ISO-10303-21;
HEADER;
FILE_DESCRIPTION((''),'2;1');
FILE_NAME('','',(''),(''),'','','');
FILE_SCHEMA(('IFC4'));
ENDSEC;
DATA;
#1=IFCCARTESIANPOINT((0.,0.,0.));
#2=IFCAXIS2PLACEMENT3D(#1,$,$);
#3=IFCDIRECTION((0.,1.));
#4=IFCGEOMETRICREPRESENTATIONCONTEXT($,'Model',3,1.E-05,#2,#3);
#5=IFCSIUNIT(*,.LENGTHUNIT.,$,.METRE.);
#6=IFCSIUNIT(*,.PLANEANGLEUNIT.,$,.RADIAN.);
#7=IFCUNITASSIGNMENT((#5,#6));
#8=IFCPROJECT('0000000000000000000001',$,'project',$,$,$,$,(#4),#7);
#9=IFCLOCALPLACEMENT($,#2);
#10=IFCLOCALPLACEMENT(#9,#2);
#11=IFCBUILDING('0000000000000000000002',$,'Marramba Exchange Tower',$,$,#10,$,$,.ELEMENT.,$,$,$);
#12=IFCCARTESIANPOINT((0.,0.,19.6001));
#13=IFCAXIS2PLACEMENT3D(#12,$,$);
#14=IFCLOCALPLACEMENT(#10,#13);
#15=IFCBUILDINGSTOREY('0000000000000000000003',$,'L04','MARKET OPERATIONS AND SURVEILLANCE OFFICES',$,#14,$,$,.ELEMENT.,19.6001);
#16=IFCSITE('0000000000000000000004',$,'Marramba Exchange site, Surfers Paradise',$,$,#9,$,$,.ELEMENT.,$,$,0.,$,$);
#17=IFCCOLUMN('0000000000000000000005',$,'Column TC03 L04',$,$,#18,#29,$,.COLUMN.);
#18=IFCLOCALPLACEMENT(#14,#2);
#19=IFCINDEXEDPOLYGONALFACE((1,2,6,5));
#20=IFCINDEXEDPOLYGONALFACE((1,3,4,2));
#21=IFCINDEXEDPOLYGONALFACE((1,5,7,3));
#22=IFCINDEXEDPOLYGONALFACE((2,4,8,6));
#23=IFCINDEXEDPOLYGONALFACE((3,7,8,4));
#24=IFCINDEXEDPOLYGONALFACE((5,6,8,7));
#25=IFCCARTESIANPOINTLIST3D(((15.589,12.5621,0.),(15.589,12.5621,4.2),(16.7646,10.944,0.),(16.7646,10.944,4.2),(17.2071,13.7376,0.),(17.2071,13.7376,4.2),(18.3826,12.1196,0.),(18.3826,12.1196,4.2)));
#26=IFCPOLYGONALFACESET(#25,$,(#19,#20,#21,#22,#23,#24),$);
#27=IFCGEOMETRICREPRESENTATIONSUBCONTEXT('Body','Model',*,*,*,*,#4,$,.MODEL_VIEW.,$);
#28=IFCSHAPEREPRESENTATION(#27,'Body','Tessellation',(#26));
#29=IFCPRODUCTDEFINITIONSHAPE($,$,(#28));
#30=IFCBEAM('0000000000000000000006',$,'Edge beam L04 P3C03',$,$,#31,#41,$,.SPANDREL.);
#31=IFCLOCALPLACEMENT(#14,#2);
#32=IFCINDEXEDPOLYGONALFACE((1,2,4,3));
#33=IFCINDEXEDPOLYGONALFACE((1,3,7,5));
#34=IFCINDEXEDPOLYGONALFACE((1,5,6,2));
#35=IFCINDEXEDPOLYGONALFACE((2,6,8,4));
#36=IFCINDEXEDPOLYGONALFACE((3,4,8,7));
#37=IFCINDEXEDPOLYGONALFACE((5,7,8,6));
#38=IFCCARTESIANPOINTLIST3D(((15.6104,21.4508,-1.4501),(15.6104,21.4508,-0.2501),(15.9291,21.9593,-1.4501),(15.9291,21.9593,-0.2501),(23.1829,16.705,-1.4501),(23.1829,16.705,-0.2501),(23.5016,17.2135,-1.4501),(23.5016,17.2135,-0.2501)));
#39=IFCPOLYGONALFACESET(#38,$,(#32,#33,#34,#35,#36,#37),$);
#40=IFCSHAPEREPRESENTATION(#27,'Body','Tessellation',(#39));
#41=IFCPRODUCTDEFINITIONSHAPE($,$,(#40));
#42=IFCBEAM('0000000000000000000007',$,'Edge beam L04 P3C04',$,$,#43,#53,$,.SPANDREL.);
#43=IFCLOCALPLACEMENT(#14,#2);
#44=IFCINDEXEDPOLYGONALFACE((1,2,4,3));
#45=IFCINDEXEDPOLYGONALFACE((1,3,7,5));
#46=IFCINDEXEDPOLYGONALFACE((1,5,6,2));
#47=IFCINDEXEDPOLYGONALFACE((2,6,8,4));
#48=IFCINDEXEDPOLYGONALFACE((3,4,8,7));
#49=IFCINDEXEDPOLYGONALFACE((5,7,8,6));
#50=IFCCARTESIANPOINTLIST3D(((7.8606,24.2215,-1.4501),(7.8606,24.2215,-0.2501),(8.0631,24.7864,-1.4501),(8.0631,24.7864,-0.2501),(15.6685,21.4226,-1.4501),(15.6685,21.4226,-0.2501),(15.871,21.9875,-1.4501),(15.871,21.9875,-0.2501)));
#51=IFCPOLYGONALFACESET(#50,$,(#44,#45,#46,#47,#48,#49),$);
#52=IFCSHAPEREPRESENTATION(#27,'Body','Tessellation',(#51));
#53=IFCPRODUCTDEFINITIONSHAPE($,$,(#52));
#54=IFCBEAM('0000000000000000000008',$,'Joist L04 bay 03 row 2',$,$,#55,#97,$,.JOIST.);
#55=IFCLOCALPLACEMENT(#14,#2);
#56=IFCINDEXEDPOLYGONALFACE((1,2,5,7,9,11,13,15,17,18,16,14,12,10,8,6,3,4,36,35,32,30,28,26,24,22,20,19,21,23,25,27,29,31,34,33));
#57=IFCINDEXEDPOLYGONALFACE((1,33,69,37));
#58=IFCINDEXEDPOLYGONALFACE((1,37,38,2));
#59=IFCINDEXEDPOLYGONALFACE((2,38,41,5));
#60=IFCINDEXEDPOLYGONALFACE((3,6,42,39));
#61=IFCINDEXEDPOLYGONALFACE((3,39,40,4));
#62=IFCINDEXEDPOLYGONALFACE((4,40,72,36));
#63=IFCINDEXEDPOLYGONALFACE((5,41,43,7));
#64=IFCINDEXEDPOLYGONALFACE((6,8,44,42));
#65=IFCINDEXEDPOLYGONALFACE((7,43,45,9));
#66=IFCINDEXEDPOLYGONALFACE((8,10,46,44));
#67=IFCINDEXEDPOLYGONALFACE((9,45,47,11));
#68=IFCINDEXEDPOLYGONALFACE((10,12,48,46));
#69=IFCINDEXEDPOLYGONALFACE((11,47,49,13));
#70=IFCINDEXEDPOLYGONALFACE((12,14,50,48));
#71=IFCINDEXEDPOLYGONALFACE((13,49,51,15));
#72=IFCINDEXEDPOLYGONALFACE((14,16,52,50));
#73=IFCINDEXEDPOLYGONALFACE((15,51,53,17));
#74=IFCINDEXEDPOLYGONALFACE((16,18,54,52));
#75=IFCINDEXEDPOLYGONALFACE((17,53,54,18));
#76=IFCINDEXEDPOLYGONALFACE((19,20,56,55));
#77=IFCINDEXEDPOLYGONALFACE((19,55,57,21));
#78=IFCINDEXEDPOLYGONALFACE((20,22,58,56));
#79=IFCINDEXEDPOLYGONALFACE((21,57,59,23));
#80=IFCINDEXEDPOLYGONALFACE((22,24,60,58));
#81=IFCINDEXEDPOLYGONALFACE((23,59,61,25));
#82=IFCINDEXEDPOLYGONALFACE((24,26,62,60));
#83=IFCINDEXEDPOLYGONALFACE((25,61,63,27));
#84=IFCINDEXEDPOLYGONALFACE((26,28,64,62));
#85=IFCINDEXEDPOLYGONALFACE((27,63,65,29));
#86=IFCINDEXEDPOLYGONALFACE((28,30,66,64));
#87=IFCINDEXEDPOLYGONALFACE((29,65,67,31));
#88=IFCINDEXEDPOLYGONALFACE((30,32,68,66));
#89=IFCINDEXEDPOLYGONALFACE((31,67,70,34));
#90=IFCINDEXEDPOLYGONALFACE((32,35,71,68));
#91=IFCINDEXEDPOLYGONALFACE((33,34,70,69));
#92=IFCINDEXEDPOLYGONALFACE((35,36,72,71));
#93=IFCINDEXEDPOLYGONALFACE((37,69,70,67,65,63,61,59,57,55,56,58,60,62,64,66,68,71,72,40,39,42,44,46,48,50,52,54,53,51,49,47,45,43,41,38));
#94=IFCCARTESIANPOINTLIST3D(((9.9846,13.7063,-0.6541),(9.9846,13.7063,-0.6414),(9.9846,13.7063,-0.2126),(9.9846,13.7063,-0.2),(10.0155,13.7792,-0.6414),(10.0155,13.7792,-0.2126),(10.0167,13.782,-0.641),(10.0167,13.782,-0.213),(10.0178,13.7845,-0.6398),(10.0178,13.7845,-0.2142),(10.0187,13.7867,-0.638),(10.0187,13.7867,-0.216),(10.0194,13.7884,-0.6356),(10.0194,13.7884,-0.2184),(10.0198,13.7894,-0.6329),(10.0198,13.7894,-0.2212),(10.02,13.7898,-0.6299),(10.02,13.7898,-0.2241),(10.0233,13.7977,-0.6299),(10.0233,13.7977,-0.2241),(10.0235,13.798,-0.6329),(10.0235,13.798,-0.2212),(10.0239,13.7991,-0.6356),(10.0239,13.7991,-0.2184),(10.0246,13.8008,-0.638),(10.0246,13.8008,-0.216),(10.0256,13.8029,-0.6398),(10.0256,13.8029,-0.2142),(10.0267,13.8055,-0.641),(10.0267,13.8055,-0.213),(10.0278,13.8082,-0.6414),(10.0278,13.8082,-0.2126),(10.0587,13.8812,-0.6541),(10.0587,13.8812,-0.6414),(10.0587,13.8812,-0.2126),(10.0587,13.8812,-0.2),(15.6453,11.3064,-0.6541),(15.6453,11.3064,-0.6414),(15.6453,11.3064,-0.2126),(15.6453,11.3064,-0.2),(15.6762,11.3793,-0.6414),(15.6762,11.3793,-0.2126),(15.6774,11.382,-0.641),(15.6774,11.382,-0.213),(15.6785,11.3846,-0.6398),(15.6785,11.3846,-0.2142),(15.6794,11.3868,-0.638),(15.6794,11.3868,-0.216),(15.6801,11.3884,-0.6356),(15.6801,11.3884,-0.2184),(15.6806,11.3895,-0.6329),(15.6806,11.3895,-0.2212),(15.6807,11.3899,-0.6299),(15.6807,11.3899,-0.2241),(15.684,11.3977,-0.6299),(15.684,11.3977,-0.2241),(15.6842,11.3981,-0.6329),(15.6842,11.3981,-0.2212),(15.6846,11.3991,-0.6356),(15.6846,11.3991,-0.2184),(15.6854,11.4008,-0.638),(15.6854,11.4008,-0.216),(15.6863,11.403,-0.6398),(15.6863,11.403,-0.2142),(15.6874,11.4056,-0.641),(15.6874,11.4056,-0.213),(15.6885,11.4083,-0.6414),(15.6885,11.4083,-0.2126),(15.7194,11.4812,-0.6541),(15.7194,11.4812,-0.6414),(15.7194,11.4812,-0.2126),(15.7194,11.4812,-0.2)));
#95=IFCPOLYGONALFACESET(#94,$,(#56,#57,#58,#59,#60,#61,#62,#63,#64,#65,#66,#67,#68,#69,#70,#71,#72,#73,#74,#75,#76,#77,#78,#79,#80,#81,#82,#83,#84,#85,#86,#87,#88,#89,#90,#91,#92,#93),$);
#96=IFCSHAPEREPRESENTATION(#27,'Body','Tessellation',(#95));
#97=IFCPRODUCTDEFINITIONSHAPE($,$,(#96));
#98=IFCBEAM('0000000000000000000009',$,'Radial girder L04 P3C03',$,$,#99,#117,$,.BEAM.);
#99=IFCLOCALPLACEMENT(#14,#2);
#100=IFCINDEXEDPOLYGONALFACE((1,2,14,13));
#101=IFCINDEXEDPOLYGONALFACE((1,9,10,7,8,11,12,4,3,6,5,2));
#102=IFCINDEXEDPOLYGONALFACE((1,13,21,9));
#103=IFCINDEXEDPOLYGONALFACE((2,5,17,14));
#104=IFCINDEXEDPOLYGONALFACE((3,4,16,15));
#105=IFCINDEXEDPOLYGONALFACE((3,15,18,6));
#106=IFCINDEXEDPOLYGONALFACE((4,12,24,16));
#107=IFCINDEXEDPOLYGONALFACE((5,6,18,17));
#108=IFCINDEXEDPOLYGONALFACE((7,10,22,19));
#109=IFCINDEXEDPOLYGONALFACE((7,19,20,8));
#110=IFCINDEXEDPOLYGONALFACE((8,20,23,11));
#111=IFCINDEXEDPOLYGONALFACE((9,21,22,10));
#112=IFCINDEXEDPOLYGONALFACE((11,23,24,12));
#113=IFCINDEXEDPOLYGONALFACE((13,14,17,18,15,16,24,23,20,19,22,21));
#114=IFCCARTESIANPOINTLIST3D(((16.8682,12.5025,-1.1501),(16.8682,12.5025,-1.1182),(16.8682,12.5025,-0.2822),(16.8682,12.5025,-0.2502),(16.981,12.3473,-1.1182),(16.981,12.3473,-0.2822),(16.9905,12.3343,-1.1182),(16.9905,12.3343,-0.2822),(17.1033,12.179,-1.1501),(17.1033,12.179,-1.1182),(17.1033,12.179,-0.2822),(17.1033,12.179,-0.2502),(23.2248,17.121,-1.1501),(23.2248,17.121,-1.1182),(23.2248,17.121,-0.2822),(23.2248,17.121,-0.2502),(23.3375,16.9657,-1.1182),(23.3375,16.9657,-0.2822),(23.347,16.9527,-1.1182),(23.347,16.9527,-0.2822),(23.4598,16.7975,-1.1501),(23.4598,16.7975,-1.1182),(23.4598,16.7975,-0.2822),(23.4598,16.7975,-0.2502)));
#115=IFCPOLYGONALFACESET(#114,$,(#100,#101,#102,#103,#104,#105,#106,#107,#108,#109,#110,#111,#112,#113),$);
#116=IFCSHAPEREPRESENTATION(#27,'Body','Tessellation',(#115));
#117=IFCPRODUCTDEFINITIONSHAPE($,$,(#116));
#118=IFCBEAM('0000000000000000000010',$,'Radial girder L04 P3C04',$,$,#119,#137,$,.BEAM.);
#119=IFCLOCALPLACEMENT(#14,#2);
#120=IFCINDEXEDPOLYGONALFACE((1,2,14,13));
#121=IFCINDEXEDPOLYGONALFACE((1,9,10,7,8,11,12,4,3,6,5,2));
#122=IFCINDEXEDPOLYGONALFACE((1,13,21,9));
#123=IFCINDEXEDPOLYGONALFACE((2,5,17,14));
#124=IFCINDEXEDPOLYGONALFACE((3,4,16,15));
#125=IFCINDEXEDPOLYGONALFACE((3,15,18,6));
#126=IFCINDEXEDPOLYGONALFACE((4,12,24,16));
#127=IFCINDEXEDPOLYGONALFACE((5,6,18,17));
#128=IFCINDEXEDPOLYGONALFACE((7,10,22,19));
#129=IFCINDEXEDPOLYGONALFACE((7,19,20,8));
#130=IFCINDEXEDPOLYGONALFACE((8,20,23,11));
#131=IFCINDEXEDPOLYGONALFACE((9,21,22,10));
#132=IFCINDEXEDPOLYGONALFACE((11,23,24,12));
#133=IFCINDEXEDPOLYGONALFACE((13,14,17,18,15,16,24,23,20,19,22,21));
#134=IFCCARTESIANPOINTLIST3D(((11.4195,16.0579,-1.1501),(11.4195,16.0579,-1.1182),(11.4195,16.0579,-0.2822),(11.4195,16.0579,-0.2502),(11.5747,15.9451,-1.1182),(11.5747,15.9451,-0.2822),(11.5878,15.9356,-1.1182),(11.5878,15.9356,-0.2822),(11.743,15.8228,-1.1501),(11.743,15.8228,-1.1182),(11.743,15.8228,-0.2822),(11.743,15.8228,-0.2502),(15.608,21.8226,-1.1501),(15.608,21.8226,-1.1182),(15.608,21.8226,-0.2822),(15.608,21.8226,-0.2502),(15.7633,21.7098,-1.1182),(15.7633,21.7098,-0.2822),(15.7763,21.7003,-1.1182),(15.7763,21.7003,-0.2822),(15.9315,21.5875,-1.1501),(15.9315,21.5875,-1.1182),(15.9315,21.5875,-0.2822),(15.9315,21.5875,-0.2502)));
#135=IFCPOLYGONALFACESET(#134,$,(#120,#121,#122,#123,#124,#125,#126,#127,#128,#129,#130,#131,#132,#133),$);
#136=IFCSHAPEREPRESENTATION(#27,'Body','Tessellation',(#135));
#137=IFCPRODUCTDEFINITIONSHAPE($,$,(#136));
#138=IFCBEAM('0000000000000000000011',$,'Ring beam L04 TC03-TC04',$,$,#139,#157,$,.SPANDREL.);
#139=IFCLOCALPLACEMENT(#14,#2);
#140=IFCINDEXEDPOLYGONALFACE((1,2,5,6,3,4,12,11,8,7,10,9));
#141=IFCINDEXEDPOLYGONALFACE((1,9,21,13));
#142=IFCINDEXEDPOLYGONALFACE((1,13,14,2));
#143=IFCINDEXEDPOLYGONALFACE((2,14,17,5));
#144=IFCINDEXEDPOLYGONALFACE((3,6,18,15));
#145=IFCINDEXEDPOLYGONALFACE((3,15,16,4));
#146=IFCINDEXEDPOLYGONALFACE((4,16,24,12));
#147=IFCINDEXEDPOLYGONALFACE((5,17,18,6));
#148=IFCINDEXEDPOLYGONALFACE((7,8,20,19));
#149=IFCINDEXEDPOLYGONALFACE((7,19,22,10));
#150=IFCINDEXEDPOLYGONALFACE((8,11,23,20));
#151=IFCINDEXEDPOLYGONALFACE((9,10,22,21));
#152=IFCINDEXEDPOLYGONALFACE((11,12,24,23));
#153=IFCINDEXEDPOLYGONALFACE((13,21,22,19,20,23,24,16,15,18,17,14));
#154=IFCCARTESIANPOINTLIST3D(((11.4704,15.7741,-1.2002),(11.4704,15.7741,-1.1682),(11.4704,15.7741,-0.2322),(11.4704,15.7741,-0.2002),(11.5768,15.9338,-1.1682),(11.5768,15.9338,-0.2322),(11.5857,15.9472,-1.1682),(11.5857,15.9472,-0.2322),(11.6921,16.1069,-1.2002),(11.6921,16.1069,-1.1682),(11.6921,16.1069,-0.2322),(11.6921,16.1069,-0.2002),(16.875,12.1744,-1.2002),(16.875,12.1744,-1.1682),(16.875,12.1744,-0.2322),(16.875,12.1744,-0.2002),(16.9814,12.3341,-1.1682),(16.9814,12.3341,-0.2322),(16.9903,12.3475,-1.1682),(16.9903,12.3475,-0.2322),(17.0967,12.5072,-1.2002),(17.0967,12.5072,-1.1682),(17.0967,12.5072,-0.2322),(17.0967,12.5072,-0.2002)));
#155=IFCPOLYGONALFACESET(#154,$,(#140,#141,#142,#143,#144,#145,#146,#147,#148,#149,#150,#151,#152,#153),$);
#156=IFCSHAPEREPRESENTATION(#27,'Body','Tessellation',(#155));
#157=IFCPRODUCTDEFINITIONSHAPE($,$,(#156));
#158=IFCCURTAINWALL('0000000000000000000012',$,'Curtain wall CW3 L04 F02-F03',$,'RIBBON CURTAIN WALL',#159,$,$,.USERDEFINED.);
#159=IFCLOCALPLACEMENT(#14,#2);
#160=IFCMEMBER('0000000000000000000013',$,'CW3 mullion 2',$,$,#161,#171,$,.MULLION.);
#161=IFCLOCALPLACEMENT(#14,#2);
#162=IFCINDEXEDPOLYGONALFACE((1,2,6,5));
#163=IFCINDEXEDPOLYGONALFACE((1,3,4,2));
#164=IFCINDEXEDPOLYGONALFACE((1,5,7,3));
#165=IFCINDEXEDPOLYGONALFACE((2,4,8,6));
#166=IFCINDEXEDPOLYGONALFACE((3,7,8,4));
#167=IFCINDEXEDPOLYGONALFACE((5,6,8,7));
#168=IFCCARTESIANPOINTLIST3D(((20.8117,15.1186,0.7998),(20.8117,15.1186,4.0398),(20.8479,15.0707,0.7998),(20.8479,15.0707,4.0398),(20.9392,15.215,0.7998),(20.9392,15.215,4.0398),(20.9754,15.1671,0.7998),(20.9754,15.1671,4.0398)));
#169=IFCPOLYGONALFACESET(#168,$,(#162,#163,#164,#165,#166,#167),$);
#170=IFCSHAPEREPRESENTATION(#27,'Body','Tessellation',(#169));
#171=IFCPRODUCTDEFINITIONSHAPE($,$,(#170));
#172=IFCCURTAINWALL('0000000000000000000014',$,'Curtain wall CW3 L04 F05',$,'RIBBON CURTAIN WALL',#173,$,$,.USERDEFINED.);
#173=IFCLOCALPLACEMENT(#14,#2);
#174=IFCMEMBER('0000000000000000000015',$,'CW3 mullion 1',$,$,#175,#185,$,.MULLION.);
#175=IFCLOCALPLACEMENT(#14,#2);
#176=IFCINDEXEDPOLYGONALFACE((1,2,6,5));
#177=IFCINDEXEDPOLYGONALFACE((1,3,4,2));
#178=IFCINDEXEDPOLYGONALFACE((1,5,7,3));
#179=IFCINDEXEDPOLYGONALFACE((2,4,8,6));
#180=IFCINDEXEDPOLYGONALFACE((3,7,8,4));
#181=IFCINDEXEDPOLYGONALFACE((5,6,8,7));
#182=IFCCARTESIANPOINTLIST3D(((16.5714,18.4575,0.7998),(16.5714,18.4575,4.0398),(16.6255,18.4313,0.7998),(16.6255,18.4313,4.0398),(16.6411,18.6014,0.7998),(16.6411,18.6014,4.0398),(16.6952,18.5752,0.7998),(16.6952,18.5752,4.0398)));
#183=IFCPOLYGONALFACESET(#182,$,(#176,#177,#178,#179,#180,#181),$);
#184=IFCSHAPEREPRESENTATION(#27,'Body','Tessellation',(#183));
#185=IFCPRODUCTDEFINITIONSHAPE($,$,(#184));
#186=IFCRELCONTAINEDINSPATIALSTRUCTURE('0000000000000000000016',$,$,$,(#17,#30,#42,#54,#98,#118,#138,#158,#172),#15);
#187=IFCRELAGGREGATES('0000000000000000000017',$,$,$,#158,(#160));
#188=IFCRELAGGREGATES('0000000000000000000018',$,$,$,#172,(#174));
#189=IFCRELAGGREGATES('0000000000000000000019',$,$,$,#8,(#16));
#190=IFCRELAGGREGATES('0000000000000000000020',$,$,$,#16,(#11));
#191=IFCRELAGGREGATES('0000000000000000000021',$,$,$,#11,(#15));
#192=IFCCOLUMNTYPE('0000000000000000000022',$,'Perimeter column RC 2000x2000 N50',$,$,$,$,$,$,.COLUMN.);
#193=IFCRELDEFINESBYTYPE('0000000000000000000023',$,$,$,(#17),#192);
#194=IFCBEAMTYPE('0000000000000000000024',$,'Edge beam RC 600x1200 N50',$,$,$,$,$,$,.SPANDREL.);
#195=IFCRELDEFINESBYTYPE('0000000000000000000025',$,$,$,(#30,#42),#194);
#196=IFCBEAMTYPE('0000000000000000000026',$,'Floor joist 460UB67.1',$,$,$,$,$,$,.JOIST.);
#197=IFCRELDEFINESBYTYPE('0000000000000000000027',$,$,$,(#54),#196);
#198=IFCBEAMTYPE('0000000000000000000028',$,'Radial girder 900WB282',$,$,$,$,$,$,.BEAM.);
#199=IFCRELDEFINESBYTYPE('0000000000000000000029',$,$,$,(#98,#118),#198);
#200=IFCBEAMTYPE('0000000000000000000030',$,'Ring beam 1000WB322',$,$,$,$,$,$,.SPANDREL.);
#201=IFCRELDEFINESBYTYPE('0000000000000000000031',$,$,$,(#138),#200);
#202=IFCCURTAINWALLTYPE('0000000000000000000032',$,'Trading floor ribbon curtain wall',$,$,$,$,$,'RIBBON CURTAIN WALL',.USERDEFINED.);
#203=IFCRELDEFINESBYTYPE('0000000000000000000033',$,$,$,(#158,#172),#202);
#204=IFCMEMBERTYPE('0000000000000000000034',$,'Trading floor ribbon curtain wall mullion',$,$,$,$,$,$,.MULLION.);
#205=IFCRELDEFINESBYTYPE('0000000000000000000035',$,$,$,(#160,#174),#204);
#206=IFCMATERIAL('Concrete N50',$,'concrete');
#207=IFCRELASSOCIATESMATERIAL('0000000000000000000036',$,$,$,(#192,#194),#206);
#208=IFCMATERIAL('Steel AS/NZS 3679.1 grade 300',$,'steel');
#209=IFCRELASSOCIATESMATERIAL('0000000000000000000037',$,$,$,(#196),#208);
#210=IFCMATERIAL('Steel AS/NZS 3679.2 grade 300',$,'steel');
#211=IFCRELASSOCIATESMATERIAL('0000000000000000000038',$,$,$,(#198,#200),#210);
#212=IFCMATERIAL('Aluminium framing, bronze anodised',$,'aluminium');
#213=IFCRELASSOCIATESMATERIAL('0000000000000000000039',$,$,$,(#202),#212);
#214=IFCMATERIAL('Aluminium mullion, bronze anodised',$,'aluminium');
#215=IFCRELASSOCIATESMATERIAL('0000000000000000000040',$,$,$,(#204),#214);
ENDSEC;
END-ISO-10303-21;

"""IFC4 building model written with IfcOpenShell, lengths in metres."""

from ifc_helpers import new_model, si_unit, direction, frame, origin, origin_2d, place, context, subcontext, project, spatial, rectangle, i_section, extrude, material, material_profile, profile_set, type_object, element, aggregate, save


model = new_model("IFC4")

# Units and contexts
model_context = context("Model", 3, precision=1e-05, world=origin(), true_north=direction((0.0, 1.0)))
body_context = subcontext(model_context, "Body", "Model", "MODEL_VIEW")
ifc_project = project(units=[si_unit("LENGTHUNIT", "METRE"), si_unit("PLANEANGLEUNIT", "RADIAN")], contexts=[model_context])

# Site, building, storey
site_placement = place(None, origin())
site = spatial("IfcSite", under=ifc_project, at=site_placement, Name="Marramba Exchange site, Surfers Paradise", CompositionType="ELEMENT", RefElevation=0.0)
building_placement = place(site_placement, origin())
building = spatial("IfcBuilding", under=site, at=building_placement, Name="Marramba Exchange Tower", CompositionType="ELEMENT")
storey_placement = place(building_placement, frame((0.0, 0.0, 19.6001)))
storey = spatial("IfcBuildingStorey", under=building, at=storey_placement, Name="L04", Description="MARKET OPERATIONS AND SURVEILLANCE OFFICES", CompositionType="ELEMENT", Elevation=19.6001)

# Column
ifc_material_1 = material(Name="Concrete N50", Category="concrete")
ifc_material_profile_1 = material_profile(ifc_material_1, rectangle(XDim=2.0, YDim=2.0, at=origin_2d()), Name="RC 2000x2000")
ifc_profile_set_1 = profile_set([ifc_material_profile_1], Name="Concrete N50")
column_type = type_object("IfcColumnType", Name="Perimeter column RC 2000x2000 N50", PredefinedType="COLUMN", material=ifc_profile_set_1)
column_placement = place(storey_placement, frame((16.9858, 12.3408, 0.0), z_axis=(0.0, 0.0, 1.0), x_axis=(0.809017, 0.587785, 0.0)))
element("IfcColumn", 1, at=column_placement, inside=storey, type_object=column_type, Name="Column TC03 L04", PredefinedType="COLUMN", context=body_context, shape_type="SweptSolid", body=[
    extrude(rectangle(XDim=2.0, YDim=2.0, at=origin_2d()), origin(), (0.0, 0.0, 1.0), 4.2),
])

# Beams
ifc_material_profile_2 = material_profile(ifc_material_1, rectangle(XDim=0.6001, YDim=1.2, at=origin_2d()), Name="RC 600x1200")
ifc_profile_set_2 = profile_set([ifc_material_profile_2], Name="Concrete N50")
beam_type_1 = type_object("IfcBeamType", Name="Edge beam RC 600x1200 N50", PredefinedType="SPANDREL", material=ifc_profile_set_2)
beam_1_placement = place(storey_placement, frame((23.3423, 16.9592, -0.8501), z_axis=(-0.847342, 0.531047, 0.0), x_axis=(-0.531047, -0.847342, 0.0)))
element("IfcBeam", 2, at=beam_1_placement, inside=storey, type_object=beam_type_1, Name="Edge beam L04 P3C03", PredefinedType="SPANDREL", context=body_context, shape_type="SweptSolid", body=[
    extrude(rectangle(XDim=0.6001, YDim=1.2, at=origin_2d()), origin(), (0.0, 0.0, 1.0), 8.9368),
])
beam_2_placement = place(storey_placement, frame((15.7698, 21.7051, -0.8501), z_axis=(-0.941348, 0.337438, 0.0), x_axis=(-0.337438, -0.941348, 0.0)))
element("IfcBeam", 3, at=beam_2_placement, inside=storey, type_object=beam_type_1, Name="Edge beam L04 P3C04", PredefinedType="SPANDREL", context=body_context, shape_type="SweptSolid", body=[
    extrude(rectangle(XDim=0.6001, YDim=1.2, at=origin_2d()), origin(), (0.0, 0.0, 1.0), 8.2944),
])
ifc_material_2 = material(Name="Steel AS/NZS 3679.1 grade 300", Category="steel")
ifc_material_profile_3 = material_profile(ifc_material_2, i_section(OverallWidth=0.1899, OverallDepth=0.4541, WebThickness=0.0085, FlangeThickness=0.0127, FilletRadius=0.0115, at=origin_2d()), Name="460UB67.1")
ifc_profile_set_3 = profile_set([ifc_material_profile_3], Name="Steel AS/NZS 3679.1 grade 300")
beam_type_2 = type_object("IfcBeamType", Name="Floor joist 460UB67.1", PredefinedType="JOIST", material=ifc_profile_set_3)
beam_3_placement = place(storey_placement, frame((15.6824, 11.3938, -0.427), z_axis=(-0.920674, 0.390332, 0.0), x_axis=(-0.390332, -0.920674, 0.0)))
element("IfcBeam", 4, at=beam_3_placement, inside=storey, type_object=beam_type_2, Name="Joist L04 bay 03 row 2", PredefinedType="JOIST", context=body_context, shape_type="SweptSolid", body=[
    extrude(i_section(OverallWidth=0.1899, OverallDepth=0.4541, WebThickness=0.0085, FlangeThickness=0.0127, FilletRadius=0.0115, at=origin_2d()), origin(), (0.0, 0.0, 1.0), 6.1484),
])
ifc_material_3 = material(Name="Steel AS/NZS 3679.2 grade 300", Category="steel")
ifc_material_profile_4 = material_profile(ifc_material_3, i_section(OverallWidth=0.3999, OverallDepth=0.8999, WebThickness=0.0161, FlangeThickness=0.032, at=origin_2d()), Name="900WB282")
ifc_profile_set_4 = profile_set([ifc_material_profile_4], Name="Steel AS/NZS 3679.2 grade 300")
beam_type_3 = type_object("IfcBeamType", Name="Radial girder 900WB282", PredefinedType="BEAM", material=ifc_profile_set_4)
beam_4_placement = place(storey_placement, frame((23.3423, 16.9592, -0.7002), z_axis=(-0.809006, -0.5878, 0.0), x_axis=(0.5878, -0.809006, 0.0)))
element("IfcBeam", 5, at=beam_4_placement, inside=storey, type_object=beam_type_3, Name="Radial girder L04 P3C03", PredefinedType="BEAM", context=body_context, shape_type="SweptSolid", body=[
    extrude(i_section(OverallWidth=0.3999, OverallDepth=0.8999, WebThickness=0.0161, FlangeThickness=0.032, at=origin_2d()), origin(), (0.0, 0.0, 1.0), 7.8572),
])
beam_5_placement = place(storey_placement, frame((15.7698, 21.7051, -0.7002), z_axis=(-0.587805, -0.809003, 0.0), x_axis=(0.809003, -0.587805, 0.0)))
element("IfcBeam", 6, at=beam_5_placement, inside=storey, type_object=beam_type_3, Name="Radial girder L04 P3C04", PredefinedType="BEAM", context=body_context, shape_type="SweptSolid", body=[
    extrude(i_section(OverallWidth=0.3999, OverallDepth=0.8999, WebThickness=0.0161, FlangeThickness=0.032, at=origin_2d()), origin(), (0.0, 0.0, 1.0), 7.1257),
])
ifc_material_profile_5 = material_profile(ifc_material_3, i_section(OverallWidth=0.3999, OverallDepth=1.0, WebThickness=0.0161, FlangeThickness=0.032, at=origin_2d()), Name="1000WB322")
ifc_profile_set_5 = profile_set([ifc_material_profile_5], Name="Steel AS/NZS 3679.2 grade 300")
beam_type_4 = type_object("IfcBeamType", Name="Ring beam 1000WB322", PredefinedType="SPANDREL", material=ifc_profile_set_5)
beam_6_placement = place(storey_placement, frame((16.9858, 12.3408, -0.7002), z_axis=(-0.832293, 0.554336, 0.0), x_axis=(-0.554336, -0.832293, 0.0)))
element("IfcBeam", 7, at=beam_6_placement, inside=storey, type_object=beam_type_4, Name="Ring beam L04 TC03-TC04", PredefinedType="SPANDREL", context=body_context, shape_type="SweptSolid", body=[
    extrude(i_section(OverallWidth=0.3999, OverallDepth=1.0, WebThickness=0.0161, FlangeThickness=0.032, at=origin_2d()), origin(), (0.0, 0.0, 1.0), 6.4937),
])

# Curtain wall, member
ifc_material_4 = material(Name="Aluminium framing, bronze anodised", Category="aluminium")
curtain_wall_type = type_object("IfcCurtainWallType", Name="Trading floor ribbon curtain wall", ElementType="RIBBON CURTAIN WALL", PredefinedType="USERDEFINED", material=ifc_material_4)
curtain_wall_1_placement = place(storey_placement, origin())
curtain_wall_1 = element("IfcCurtainWall", 8, at=curtain_wall_1_placement, inside=storey, type_object=curtain_wall_type, Name="Curtain wall CW3 L04 F02-F03", ObjectType="RIBBON CURTAIN WALL", PredefinedType="USERDEFINED")
ifc_material_5 = material(Name="Aluminium mullion, bronze anodised", Category="aluminium")
ifc_material_profile_6 = material_profile(ifc_material_5, rectangle(XDim=0.1599, YDim=0.0601, at=origin_2d()), Name="CW3 mullion 60x160")
ifc_profile_set_6 = profile_set([ifc_material_profile_6], Name="Aluminium mullion, bronze anodised")
member_type_1 = type_object("IfcMemberType", Name="Trading floor ribbon curtain wall mullion", PredefinedType="MULLION", material=ifc_profile_set_6)
member_1_placement = place(storey_placement, frame((20.8936, 15.1428, 0.7998), z_axis=(0.0, 0.0, 1.0), x_axis=(-0.797749, -0.60299, 0.0)))
member_1 = element("IfcMember", 9, at=member_1_placement, type_object=member_type_1, Name="CW3 mullion 2", PredefinedType="MULLION", context=body_context, shape_type="SweptSolid", body=[
    extrude(rectangle(XDim=0.1599, YDim=0.0601, at=origin_2d()), origin(), (0.0, 0.0, 1.0), 3.24),
])

# Curtain wall, member
curtain_wall_2_placement = place(storey_placement, origin())
curtain_wall_2 = element("IfcCurtainWall", 10, at=curtain_wall_2_placement, inside=storey, type_object=curtain_wall_type, Name="Curtain wall CW3 L04 F05", ObjectType="RIBBON CURTAIN WALL", PredefinedType="USERDEFINED")
member_2_placement = place(storey_placement, frame((16.6333, 18.5164, 0.7998), z_axis=(0.0, 0.0, 1.0), x_axis=(-0.435965, -0.899963, 0.0)))
member_2 = element("IfcMember", 11, at=member_2_placement, type_object=member_type_1, Name="CW3 mullion 1", PredefinedType="MULLION", context=body_context, shape_type="SweptSolid", body=[
    extrude(rectangle(XDim=0.1599, YDim=0.0601, at=origin_2d()), origin(), (0.0, 0.0, 1.0), 3.24),
])

aggregate(curtain_wall_1, [member_1])
aggregate(curtain_wall_2, [member_2])

save(model, "model.ifc")
